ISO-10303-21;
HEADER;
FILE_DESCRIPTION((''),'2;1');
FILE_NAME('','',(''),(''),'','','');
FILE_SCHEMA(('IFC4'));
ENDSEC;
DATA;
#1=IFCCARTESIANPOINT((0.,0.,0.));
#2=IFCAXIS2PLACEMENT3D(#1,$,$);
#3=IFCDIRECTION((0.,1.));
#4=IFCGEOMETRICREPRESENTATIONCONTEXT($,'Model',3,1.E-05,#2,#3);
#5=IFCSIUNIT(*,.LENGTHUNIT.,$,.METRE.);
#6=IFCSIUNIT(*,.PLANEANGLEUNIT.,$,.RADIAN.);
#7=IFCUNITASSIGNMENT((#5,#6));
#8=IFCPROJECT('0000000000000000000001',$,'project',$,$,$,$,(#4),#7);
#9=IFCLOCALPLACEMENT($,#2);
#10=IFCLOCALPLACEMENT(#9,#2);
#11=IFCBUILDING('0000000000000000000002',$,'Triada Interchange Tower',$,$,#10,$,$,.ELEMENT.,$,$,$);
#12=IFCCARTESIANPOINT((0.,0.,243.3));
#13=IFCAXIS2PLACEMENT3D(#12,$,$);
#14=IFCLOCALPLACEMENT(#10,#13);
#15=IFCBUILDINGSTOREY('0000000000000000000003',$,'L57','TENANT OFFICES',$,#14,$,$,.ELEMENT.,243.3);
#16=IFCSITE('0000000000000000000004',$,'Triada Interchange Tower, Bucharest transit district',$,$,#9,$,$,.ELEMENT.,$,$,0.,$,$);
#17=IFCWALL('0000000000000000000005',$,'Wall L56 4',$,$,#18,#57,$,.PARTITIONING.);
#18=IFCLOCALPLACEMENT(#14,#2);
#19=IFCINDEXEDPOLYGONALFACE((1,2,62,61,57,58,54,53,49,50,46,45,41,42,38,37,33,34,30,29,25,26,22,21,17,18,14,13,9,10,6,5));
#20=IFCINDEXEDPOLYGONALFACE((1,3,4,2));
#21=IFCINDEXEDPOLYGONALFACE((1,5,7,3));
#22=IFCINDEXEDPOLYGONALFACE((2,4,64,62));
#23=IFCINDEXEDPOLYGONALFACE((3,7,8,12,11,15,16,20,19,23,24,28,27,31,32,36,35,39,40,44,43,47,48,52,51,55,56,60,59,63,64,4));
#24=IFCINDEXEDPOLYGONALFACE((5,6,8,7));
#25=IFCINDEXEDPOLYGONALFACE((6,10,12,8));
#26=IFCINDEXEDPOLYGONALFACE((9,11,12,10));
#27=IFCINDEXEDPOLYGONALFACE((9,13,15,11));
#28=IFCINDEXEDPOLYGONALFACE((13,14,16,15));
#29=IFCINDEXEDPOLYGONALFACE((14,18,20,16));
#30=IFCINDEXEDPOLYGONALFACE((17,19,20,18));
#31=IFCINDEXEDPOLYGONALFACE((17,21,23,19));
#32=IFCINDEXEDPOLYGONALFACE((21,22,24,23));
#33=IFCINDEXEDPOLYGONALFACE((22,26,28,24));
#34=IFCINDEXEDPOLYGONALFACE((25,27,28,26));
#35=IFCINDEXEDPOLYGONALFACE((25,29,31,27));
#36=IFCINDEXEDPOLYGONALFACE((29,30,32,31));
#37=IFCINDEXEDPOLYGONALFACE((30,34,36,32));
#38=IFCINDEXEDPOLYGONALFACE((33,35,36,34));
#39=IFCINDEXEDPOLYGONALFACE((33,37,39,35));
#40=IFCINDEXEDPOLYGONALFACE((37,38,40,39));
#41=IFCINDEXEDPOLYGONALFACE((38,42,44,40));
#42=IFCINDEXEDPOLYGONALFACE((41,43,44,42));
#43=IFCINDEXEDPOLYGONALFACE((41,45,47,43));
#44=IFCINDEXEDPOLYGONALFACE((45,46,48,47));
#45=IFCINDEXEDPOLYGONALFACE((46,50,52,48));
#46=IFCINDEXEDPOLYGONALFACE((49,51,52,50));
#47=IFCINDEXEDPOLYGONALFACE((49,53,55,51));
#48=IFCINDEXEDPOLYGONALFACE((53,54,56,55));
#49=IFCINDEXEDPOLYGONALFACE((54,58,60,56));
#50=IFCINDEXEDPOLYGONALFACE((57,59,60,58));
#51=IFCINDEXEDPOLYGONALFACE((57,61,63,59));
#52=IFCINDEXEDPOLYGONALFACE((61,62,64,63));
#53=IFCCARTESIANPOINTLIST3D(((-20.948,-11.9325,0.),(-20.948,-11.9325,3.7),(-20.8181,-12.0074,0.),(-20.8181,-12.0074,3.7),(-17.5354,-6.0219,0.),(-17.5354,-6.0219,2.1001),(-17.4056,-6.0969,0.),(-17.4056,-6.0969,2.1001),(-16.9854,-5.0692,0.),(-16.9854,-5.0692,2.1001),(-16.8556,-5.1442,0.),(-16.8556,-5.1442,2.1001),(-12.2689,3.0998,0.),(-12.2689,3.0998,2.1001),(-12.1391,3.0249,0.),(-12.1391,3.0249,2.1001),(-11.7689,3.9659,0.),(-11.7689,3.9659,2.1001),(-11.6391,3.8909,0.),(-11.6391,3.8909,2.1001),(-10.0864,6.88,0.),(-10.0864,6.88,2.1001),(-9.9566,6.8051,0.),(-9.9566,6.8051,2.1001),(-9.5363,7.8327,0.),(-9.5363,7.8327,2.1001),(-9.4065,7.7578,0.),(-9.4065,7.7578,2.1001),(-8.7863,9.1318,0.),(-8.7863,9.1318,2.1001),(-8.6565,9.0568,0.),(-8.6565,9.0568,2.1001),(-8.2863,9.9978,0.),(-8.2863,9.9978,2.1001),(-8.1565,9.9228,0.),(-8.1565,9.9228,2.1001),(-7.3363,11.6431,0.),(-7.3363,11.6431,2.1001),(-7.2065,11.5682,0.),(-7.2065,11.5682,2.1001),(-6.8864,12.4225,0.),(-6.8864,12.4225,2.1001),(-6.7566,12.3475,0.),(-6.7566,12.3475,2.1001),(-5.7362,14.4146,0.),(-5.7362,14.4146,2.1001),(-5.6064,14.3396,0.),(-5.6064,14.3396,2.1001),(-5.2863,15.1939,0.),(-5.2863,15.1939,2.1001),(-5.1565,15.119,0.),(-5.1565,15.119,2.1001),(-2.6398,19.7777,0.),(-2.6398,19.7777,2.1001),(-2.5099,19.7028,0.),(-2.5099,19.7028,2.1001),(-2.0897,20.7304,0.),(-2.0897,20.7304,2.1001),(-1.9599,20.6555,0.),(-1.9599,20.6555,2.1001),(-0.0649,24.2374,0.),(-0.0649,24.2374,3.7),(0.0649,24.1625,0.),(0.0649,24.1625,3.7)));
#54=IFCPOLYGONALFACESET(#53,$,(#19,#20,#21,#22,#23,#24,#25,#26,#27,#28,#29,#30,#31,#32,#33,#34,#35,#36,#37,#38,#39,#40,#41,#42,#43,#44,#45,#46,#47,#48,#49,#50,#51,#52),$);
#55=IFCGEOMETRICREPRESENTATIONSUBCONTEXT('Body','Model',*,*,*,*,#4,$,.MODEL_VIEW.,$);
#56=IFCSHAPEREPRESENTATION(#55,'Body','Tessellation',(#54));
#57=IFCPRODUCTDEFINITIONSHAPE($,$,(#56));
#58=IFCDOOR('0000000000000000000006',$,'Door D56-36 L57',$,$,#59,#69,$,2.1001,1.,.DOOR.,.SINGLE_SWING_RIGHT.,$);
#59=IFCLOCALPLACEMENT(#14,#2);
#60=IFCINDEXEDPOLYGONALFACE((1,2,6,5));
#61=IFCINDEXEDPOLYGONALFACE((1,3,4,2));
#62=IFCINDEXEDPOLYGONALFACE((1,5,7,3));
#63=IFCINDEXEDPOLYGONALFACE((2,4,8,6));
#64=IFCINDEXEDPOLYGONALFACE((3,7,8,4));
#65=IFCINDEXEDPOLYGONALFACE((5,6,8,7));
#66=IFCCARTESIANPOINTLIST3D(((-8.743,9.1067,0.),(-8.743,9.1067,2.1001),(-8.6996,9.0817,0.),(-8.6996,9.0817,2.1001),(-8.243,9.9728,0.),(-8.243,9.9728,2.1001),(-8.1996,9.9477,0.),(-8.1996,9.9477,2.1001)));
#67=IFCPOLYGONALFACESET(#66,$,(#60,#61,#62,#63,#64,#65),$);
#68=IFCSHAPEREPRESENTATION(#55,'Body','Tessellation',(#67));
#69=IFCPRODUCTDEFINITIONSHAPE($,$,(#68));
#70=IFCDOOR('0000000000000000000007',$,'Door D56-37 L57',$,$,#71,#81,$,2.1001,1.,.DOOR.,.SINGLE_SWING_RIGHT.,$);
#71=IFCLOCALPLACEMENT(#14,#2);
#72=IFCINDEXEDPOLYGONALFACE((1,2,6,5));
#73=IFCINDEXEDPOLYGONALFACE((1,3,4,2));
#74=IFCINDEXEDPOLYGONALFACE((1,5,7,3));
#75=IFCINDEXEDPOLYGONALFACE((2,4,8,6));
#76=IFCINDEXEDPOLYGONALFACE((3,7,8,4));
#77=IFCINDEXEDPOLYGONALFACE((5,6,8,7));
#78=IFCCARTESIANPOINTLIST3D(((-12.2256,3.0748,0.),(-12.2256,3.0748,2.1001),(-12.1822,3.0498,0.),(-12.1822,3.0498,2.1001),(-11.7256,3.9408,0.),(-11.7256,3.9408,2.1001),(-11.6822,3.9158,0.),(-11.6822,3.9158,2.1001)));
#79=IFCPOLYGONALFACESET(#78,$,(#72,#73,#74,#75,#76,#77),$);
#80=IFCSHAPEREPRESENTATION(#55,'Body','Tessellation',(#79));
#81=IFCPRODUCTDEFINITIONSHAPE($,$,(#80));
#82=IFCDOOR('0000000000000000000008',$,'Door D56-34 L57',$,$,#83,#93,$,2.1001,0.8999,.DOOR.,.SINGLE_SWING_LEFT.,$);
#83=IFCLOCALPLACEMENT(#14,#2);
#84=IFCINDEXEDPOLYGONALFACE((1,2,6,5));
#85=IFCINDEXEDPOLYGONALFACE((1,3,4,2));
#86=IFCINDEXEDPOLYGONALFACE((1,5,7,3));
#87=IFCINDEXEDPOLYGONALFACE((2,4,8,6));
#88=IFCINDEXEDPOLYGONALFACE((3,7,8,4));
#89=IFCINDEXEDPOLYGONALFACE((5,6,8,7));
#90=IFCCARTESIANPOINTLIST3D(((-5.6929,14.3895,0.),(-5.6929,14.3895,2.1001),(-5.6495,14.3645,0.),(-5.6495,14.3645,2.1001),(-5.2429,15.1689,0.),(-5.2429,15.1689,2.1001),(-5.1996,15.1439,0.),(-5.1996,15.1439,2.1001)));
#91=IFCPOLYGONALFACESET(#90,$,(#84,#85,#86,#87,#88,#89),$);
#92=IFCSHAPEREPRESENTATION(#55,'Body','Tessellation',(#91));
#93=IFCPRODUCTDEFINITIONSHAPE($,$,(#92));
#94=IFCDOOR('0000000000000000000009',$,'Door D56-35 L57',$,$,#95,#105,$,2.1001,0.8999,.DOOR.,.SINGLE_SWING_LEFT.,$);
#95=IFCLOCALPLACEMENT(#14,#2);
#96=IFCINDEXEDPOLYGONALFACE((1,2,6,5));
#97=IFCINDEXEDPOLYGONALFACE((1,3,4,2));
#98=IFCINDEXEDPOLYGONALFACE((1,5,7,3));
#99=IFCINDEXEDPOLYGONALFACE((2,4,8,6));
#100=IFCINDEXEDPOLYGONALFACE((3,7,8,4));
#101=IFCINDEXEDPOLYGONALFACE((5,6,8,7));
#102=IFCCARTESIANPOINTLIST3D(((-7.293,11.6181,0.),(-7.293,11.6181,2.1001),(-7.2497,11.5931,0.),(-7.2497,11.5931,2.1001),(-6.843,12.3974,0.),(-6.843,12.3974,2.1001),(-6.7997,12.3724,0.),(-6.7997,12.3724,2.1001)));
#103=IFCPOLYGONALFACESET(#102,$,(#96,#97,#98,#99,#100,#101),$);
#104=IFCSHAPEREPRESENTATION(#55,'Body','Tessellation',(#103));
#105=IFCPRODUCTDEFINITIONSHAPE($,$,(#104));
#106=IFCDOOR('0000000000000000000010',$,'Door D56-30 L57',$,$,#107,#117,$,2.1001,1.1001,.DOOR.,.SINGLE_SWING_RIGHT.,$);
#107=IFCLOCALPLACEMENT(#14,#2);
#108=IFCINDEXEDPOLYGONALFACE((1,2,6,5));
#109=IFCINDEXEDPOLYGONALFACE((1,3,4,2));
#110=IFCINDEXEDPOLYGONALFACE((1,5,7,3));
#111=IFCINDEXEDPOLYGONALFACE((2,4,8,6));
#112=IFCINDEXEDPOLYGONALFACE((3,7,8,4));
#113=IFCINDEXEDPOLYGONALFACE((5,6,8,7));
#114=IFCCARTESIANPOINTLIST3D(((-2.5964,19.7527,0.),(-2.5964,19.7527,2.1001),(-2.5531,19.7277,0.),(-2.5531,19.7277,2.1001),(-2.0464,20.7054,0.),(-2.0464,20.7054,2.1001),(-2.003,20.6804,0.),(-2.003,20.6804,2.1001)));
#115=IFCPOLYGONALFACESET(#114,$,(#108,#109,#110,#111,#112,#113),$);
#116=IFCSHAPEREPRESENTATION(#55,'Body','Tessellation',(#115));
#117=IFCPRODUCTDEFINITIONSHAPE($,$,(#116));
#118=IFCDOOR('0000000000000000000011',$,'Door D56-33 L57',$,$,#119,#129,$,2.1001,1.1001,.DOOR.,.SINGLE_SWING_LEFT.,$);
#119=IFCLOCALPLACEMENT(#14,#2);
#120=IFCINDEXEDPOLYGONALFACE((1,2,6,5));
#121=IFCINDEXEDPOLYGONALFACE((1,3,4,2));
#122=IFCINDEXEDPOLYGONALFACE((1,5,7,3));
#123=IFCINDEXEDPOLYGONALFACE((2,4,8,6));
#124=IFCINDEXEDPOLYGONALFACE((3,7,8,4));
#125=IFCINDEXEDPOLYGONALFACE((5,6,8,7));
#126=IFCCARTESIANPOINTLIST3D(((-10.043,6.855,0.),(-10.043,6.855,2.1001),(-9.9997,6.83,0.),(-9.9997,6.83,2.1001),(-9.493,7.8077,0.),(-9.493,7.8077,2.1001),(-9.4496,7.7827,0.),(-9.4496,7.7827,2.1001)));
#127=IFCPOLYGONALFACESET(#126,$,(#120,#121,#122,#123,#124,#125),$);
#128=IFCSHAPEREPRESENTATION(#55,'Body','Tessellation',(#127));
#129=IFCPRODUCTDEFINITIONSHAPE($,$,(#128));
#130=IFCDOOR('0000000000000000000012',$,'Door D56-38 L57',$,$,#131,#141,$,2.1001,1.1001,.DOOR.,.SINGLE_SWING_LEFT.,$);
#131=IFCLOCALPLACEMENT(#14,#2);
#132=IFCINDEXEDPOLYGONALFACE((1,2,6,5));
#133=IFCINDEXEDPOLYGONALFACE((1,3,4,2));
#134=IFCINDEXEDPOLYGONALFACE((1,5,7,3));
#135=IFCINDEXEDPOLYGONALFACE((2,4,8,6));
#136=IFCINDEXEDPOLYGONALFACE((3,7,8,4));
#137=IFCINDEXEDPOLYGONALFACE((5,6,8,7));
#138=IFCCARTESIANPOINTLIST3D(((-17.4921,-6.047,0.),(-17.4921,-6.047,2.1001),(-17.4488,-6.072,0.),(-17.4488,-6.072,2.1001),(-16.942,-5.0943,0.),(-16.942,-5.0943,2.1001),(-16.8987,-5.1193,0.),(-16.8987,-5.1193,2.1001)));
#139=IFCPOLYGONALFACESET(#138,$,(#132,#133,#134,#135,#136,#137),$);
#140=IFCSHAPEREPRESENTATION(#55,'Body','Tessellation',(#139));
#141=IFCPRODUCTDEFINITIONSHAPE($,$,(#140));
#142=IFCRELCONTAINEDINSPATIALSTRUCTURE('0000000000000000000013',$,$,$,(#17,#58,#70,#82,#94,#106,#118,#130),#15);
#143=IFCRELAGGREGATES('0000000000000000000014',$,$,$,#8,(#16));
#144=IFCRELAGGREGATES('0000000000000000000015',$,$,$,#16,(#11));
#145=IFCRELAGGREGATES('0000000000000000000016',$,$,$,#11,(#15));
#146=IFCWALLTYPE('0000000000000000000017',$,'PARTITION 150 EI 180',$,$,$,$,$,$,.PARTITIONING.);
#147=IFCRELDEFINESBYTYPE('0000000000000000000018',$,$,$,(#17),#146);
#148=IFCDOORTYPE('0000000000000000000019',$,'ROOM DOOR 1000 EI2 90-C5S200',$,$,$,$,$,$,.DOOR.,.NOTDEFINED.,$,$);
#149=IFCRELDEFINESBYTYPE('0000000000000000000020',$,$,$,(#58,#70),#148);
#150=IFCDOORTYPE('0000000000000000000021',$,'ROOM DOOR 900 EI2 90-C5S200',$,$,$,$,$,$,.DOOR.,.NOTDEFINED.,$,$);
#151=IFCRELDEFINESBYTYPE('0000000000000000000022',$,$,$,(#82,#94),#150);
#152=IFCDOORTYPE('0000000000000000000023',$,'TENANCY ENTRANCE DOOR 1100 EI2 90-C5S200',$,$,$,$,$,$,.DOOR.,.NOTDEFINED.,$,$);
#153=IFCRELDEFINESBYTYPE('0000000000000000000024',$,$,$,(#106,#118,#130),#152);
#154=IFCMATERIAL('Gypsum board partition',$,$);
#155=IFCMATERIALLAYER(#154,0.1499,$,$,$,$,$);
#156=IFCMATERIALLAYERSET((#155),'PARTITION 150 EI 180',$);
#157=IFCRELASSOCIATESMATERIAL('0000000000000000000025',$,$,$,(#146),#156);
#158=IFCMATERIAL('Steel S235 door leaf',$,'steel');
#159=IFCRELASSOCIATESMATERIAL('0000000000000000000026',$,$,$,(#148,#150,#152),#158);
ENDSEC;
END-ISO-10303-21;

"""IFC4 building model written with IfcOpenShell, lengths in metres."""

from ifc_helpers import new_model, si_unit, direction, frame, frame_2d, origin, place, context, subcontext, project, spatial, rectangle, extrude, material, layer, layer_set, type_object, element, fill, save


model = new_model("IFC4")

# Units and contexts
model_context = context("Model", 3, precision=1e-05, world=origin(), true_north=direction((0.0, 1.0)))
body_context = subcontext(model_context, "Body", "Model", "MODEL_VIEW")
ifc_project = project(units=[si_unit("LENGTHUNIT", "METRE"), si_unit("PLANEANGLEUNIT", "RADIAN")], contexts=[model_context])

# Site, building, storey
site_placement = place(None, origin())
site = spatial("IfcSite", under=ifc_project, at=site_placement, Name="Triada Interchange Tower, Bucharest transit district", CompositionType="ELEMENT", RefElevation=0.0)
building_placement = place(site_placement, origin())
building = spatial("IfcBuilding", under=site, at=building_placement, Name="Triada Interchange Tower", CompositionType="ELEMENT")
storey_placement = place(building_placement, frame((0.0, 0.0, 243.3)))
storey = spatial("IfcBuildingStorey", under=building, at=storey_placement, Name="L57", Description="TENANT OFFICES", CompositionType="ELEMENT", Elevation=243.3)

# Wall, openings, doors
ifc_material_1 = material(Name="Gypsum board partition")
ifc_layer = layer(ifc_material_1, 0.1499)
ifc_layer_set = layer_set([ifc_layer], Name="PARTITION 150 EI 180")
wall_type = type_object("IfcWallType", Name="PARTITION 150 EI 180", PredefinedType="PARTITIONING", material=ifc_layer_set)
ifc_material_2 = material(Name="Steel S235 door leaf", Category="steel")
door_type_1 = type_object("IfcDoorType", Name="ROOM DOOR 1000 EI2 90-C5S200", OperationType="NOTDEFINED", PredefinedType="DOOR", material=ifc_material_2)
door_type_2 = type_object("IfcDoorType", Name="ROOM DOOR 900 EI2 90-C5S200", OperationType="NOTDEFINED", PredefinedType="DOOR", material=ifc_material_2)
door_type_3 = type_object("IfcDoorType", Name="TENANCY ENTRANCE DOOR 1100 EI2 90-C5S200", OperationType="NOTDEFINED", PredefinedType="DOOR", material=ifc_material_2)
wall_1_placement = place(storey_placement, frame((-20.8831, -11.97, 0.0), z_axis=(0.0, 0.0, 1.0), x_axis=(0.500006, 0.866022, 0.0)))
wall_1 = element("IfcWall", 1, at=wall_1_placement, inside=storey, type_object=wall_type, Name="Wall L56 4", PredefinedType="PARTITIONING", context=body_context, shape_type="SweptSolid", body=[
    extrude(rectangle(XDim=41.7656, YDim=0.1499, at=frame_2d((20.8828, 0.0))), origin(), (0.0, 0.0, 1.0), 3.7),
])
opening_1_placement = place(wall_1_placement, frame((36.616, 0.0, 0.0)))
opening_1 = element("IfcOpeningElement", 2, at=opening_1_placement, cuts=wall_1, PredefinedType="OPENING", context=body_context, shape_type="SweptSolid", body=[
    extrude(rectangle(XDim=1.1001, YDim=2.1001, at=frame_2d((0.55, 1.05))), frame((0.0, 0.085, 0.0), z_axis=(0.0, -1.0, 0.0), x_axis=(1.0, 0.0, 0.0)), (0.0, 0.0, 1.0), 0.1699),
])
opening_2_placement = place(wall_1_placement, frame((21.7229, 0.0, 0.0)))
opening_2 = element("IfcOpeningElement", 3, at=opening_2_placement, cuts=wall_1, PredefinedType="OPENING", context=body_context, shape_type="SweptSolid", body=[
    extrude(rectangle(XDim=1.1001, YDim=2.1001, at=frame_2d((0.55, 1.05))), frame((0.0, 0.085, 0.0), z_axis=(0.0, -1.0, 0.0), x_axis=(1.0, 0.0, 0.0)), (0.0, 0.0, 1.0), 0.1699),
])
opening_3_placement = place(wall_1_placement, frame((30.4231, 0.0, 0.0)))
opening_3 = element("IfcOpeningElement", 4, at=opening_3_placement, cuts=wall_1, PredefinedType="OPENING", context=body_context, shape_type="SweptSolid", body=[
    extrude(rectangle(XDim=0.8999, YDim=2.1001, at=frame_2d((0.45, 1.05))), frame((0.0, 0.085, 0.0), z_axis=(0.0, -1.0, 0.0), x_axis=(1.0, 0.0, 0.0)), (0.0, 0.0, 1.0), 0.1699),
])
opening_4_placement = place(wall_1_placement, frame((27.2229, 0.0, 0.0)))
opening_4 = element("IfcOpeningElement", 5, at=opening_4_placement, cuts=wall_1, PredefinedType="OPENING", context=body_context, shape_type="SweptSolid", body=[
    extrude(rectangle(XDim=0.8999, YDim=2.1001, at=frame_2d((0.45, 1.05))), frame((0.0, 0.085, 0.0), z_axis=(0.0, -1.0, 0.0), x_axis=(1.0, 0.0, 0.0)), (0.0, 0.0, 1.0), 0.1699),
])
opening_5_placement = place(wall_1_placement, frame((24.323, 0.0, 0.0)))
opening_5 = element("IfcOpeningElement", 6, at=opening_5_placement, cuts=wall_1, PredefinedType="OPENING", context=body_context, shape_type="SweptSolid", body=[
    extrude(rectangle(XDim=1.0, YDim=2.1001, at=frame_2d((0.5, 1.05))), frame((0.0, 0.085, 0.0), z_axis=(0.0, -1.0, 0.0), x_axis=(1.0, 0.0, 0.0)), (0.0, 0.0, 1.0), 0.1699),
])
opening_6_placement = place(wall_1_placement, frame((17.3579, 0.0, 0.0)))
opening_6 = element("IfcOpeningElement", 7, at=opening_6_placement, cuts=wall_1, PredefinedType="OPENING", context=body_context, shape_type="SweptSolid", body=[
    extrude(rectangle(XDim=1.0, YDim=2.1001, at=frame_2d((0.5, 1.05))), frame((0.0, 0.085, 0.0), z_axis=(0.0, -1.0, 0.0), x_axis=(1.0, 0.0, 0.0)), (0.0, 0.0, 1.0), 0.1699),
])
opening_7_placement = place(wall_1_placement, frame((6.825, 0.0, 0.0)))
opening_7 = element("IfcOpeningElement", 8, at=opening_7_placement, cuts=wall_1, PredefinedType="OPENING", context=body_context, shape_type="SweptSolid", body=[
    extrude(rectangle(XDim=1.1001, YDim=2.1001, at=frame_2d((0.55, 1.05))), frame((0.0, 0.085, 0.0), z_axis=(0.0, -1.0, 0.0), x_axis=(1.0, 0.0, 0.0)), (0.0, 0.0, 1.0), 0.1699),
])
door_1_placement = place(opening_5_placement, origin())
door_1 = element("IfcDoor", 9, at=door_1_placement, inside=storey, type_object=door_type_1, Name="Door D56-36 L57", OperationType="SINGLE_SWING_RIGHT", OverallHeight=2.1001, OverallWidth=1.0, PredefinedType="DOOR", context=body_context, shape_type="SweptSolid", body=[
    extrude(rectangle(XDim=1.0, YDim=2.1001, at=frame_2d((0.5, 1.05))), frame((0.0, 0.0249, 0.0), z_axis=(0.0, -1.0, 0.0), x_axis=(1.0, 0.0, 0.0)), (0.0, 0.0, 1.0), 0.05),
])
fill(opening_5, door_1)
door_2_placement = place(opening_6_placement, origin())
door_2 = element("IfcDoor", 10, at=door_2_placement, inside=storey, type_object=door_type_1, Name="Door D56-37 L57", OperationType="SINGLE_SWING_RIGHT", OverallHeight=2.1001, OverallWidth=1.0, PredefinedType="DOOR", context=body_context, shape_type="SweptSolid", body=[
    extrude(rectangle(XDim=1.0, YDim=2.1001, at=frame_2d((0.5, 1.05))), frame((0.0, 0.0249, 0.0), z_axis=(0.0, -1.0, 0.0), x_axis=(1.0, 0.0, 0.0)), (0.0, 0.0, 1.0), 0.05),
])
fill(opening_6, door_2)
door_3_placement = place(opening_3_placement, origin())
door_3 = element("IfcDoor", 11, at=door_3_placement, inside=storey, type_object=door_type_2, Name="Door D56-34 L57", OperationType="SINGLE_SWING_LEFT", OverallHeight=2.1001, OverallWidth=0.8999, PredefinedType="DOOR", context=body_context, shape_type="SweptSolid", body=[
    extrude(rectangle(XDim=0.8999, YDim=2.1001, at=frame_2d((0.45, 1.05))), frame((0.0, 0.0249, 0.0), z_axis=(0.0, -1.0, 0.0), x_axis=(1.0, 0.0, 0.0)), (0.0, 0.0, 1.0), 0.05),
])
fill(opening_3, door_3)
door_4_placement = place(opening_4_placement, origin())
door_4 = element("IfcDoor", 12, at=door_4_placement, inside=storey, type_object=door_type_2, Name="Door D56-35 L57", OperationType="SINGLE_SWING_LEFT", OverallHeight=2.1001, OverallWidth=0.8999, PredefinedType="DOOR", context=body_context, shape_type="SweptSolid", body=[
    extrude(rectangle(XDim=0.8999, YDim=2.1001, at=frame_2d((0.45, 1.05))), frame((0.0, 0.0249, 0.0), z_axis=(0.0, -1.0, 0.0), x_axis=(1.0, 0.0, 0.0)), (0.0, 0.0, 1.0), 0.05),
])
fill(opening_4, door_4)
door_5_placement = place(opening_1_placement, origin())
door_5 = element("IfcDoor", 13, at=door_5_placement, inside=storey, type_object=door_type_3, Name="Door D56-30 L57", OperationType="SINGLE_SWING_RIGHT", OverallHeight=2.1001, OverallWidth=1.1001, PredefinedType="DOOR", context=body_context, shape_type="SweptSolid", body=[
    extrude(rectangle(XDim=1.1001, YDim=2.1001, at=frame_2d((0.55, 1.05))), frame((0.0, 0.0249, 0.0), z_axis=(0.0, -1.0, 0.0), x_axis=(1.0, 0.0, 0.0)), (0.0, 0.0, 1.0), 0.05),
])
fill(opening_1, door_5)
door_6_placement = place(opening_2_placement, origin())
door_6 = element("IfcDoor", 14, at=door_6_placement, inside=storey, type_object=door_type_3, Name="Door D56-33 L57", OperationType="SINGLE_SWING_LEFT", OverallHeight=2.1001, OverallWidth=1.1001, PredefinedType="DOOR", context=body_context, shape_type="SweptSolid", body=[
    extrude(rectangle(XDim=1.1001, YDim=2.1001, at=frame_2d((0.55, 1.05))), frame((0.0, 0.0249, 0.0), z_axis=(0.0, -1.0, 0.0), x_axis=(1.0, 0.0, 0.0)), (0.0, 0.0, 1.0), 0.05),
])
fill(opening_2, door_6)
door_7_placement = place(opening_7_placement, origin())
door_7 = element("IfcDoor", 15, at=door_7_placement, inside=storey, type_object=door_type_3, Name="Door D56-38 L57", OperationType="SINGLE_SWING_LEFT", OverallHeight=2.1001, OverallWidth=1.1001, PredefinedType="DOOR", context=body_context, shape_type="SweptSolid", body=[
    extrude(rectangle(XDim=1.1001, YDim=2.1001, at=frame_2d((0.55, 1.05))), frame((0.0, 0.0249, 0.0), z_axis=(0.0, -1.0, 0.0), x_axis=(1.0, 0.0, 0.0)), (0.0, 0.0, 1.0), 0.05),
])
fill(opening_7, door_7)

save(model, "model.ifc")
